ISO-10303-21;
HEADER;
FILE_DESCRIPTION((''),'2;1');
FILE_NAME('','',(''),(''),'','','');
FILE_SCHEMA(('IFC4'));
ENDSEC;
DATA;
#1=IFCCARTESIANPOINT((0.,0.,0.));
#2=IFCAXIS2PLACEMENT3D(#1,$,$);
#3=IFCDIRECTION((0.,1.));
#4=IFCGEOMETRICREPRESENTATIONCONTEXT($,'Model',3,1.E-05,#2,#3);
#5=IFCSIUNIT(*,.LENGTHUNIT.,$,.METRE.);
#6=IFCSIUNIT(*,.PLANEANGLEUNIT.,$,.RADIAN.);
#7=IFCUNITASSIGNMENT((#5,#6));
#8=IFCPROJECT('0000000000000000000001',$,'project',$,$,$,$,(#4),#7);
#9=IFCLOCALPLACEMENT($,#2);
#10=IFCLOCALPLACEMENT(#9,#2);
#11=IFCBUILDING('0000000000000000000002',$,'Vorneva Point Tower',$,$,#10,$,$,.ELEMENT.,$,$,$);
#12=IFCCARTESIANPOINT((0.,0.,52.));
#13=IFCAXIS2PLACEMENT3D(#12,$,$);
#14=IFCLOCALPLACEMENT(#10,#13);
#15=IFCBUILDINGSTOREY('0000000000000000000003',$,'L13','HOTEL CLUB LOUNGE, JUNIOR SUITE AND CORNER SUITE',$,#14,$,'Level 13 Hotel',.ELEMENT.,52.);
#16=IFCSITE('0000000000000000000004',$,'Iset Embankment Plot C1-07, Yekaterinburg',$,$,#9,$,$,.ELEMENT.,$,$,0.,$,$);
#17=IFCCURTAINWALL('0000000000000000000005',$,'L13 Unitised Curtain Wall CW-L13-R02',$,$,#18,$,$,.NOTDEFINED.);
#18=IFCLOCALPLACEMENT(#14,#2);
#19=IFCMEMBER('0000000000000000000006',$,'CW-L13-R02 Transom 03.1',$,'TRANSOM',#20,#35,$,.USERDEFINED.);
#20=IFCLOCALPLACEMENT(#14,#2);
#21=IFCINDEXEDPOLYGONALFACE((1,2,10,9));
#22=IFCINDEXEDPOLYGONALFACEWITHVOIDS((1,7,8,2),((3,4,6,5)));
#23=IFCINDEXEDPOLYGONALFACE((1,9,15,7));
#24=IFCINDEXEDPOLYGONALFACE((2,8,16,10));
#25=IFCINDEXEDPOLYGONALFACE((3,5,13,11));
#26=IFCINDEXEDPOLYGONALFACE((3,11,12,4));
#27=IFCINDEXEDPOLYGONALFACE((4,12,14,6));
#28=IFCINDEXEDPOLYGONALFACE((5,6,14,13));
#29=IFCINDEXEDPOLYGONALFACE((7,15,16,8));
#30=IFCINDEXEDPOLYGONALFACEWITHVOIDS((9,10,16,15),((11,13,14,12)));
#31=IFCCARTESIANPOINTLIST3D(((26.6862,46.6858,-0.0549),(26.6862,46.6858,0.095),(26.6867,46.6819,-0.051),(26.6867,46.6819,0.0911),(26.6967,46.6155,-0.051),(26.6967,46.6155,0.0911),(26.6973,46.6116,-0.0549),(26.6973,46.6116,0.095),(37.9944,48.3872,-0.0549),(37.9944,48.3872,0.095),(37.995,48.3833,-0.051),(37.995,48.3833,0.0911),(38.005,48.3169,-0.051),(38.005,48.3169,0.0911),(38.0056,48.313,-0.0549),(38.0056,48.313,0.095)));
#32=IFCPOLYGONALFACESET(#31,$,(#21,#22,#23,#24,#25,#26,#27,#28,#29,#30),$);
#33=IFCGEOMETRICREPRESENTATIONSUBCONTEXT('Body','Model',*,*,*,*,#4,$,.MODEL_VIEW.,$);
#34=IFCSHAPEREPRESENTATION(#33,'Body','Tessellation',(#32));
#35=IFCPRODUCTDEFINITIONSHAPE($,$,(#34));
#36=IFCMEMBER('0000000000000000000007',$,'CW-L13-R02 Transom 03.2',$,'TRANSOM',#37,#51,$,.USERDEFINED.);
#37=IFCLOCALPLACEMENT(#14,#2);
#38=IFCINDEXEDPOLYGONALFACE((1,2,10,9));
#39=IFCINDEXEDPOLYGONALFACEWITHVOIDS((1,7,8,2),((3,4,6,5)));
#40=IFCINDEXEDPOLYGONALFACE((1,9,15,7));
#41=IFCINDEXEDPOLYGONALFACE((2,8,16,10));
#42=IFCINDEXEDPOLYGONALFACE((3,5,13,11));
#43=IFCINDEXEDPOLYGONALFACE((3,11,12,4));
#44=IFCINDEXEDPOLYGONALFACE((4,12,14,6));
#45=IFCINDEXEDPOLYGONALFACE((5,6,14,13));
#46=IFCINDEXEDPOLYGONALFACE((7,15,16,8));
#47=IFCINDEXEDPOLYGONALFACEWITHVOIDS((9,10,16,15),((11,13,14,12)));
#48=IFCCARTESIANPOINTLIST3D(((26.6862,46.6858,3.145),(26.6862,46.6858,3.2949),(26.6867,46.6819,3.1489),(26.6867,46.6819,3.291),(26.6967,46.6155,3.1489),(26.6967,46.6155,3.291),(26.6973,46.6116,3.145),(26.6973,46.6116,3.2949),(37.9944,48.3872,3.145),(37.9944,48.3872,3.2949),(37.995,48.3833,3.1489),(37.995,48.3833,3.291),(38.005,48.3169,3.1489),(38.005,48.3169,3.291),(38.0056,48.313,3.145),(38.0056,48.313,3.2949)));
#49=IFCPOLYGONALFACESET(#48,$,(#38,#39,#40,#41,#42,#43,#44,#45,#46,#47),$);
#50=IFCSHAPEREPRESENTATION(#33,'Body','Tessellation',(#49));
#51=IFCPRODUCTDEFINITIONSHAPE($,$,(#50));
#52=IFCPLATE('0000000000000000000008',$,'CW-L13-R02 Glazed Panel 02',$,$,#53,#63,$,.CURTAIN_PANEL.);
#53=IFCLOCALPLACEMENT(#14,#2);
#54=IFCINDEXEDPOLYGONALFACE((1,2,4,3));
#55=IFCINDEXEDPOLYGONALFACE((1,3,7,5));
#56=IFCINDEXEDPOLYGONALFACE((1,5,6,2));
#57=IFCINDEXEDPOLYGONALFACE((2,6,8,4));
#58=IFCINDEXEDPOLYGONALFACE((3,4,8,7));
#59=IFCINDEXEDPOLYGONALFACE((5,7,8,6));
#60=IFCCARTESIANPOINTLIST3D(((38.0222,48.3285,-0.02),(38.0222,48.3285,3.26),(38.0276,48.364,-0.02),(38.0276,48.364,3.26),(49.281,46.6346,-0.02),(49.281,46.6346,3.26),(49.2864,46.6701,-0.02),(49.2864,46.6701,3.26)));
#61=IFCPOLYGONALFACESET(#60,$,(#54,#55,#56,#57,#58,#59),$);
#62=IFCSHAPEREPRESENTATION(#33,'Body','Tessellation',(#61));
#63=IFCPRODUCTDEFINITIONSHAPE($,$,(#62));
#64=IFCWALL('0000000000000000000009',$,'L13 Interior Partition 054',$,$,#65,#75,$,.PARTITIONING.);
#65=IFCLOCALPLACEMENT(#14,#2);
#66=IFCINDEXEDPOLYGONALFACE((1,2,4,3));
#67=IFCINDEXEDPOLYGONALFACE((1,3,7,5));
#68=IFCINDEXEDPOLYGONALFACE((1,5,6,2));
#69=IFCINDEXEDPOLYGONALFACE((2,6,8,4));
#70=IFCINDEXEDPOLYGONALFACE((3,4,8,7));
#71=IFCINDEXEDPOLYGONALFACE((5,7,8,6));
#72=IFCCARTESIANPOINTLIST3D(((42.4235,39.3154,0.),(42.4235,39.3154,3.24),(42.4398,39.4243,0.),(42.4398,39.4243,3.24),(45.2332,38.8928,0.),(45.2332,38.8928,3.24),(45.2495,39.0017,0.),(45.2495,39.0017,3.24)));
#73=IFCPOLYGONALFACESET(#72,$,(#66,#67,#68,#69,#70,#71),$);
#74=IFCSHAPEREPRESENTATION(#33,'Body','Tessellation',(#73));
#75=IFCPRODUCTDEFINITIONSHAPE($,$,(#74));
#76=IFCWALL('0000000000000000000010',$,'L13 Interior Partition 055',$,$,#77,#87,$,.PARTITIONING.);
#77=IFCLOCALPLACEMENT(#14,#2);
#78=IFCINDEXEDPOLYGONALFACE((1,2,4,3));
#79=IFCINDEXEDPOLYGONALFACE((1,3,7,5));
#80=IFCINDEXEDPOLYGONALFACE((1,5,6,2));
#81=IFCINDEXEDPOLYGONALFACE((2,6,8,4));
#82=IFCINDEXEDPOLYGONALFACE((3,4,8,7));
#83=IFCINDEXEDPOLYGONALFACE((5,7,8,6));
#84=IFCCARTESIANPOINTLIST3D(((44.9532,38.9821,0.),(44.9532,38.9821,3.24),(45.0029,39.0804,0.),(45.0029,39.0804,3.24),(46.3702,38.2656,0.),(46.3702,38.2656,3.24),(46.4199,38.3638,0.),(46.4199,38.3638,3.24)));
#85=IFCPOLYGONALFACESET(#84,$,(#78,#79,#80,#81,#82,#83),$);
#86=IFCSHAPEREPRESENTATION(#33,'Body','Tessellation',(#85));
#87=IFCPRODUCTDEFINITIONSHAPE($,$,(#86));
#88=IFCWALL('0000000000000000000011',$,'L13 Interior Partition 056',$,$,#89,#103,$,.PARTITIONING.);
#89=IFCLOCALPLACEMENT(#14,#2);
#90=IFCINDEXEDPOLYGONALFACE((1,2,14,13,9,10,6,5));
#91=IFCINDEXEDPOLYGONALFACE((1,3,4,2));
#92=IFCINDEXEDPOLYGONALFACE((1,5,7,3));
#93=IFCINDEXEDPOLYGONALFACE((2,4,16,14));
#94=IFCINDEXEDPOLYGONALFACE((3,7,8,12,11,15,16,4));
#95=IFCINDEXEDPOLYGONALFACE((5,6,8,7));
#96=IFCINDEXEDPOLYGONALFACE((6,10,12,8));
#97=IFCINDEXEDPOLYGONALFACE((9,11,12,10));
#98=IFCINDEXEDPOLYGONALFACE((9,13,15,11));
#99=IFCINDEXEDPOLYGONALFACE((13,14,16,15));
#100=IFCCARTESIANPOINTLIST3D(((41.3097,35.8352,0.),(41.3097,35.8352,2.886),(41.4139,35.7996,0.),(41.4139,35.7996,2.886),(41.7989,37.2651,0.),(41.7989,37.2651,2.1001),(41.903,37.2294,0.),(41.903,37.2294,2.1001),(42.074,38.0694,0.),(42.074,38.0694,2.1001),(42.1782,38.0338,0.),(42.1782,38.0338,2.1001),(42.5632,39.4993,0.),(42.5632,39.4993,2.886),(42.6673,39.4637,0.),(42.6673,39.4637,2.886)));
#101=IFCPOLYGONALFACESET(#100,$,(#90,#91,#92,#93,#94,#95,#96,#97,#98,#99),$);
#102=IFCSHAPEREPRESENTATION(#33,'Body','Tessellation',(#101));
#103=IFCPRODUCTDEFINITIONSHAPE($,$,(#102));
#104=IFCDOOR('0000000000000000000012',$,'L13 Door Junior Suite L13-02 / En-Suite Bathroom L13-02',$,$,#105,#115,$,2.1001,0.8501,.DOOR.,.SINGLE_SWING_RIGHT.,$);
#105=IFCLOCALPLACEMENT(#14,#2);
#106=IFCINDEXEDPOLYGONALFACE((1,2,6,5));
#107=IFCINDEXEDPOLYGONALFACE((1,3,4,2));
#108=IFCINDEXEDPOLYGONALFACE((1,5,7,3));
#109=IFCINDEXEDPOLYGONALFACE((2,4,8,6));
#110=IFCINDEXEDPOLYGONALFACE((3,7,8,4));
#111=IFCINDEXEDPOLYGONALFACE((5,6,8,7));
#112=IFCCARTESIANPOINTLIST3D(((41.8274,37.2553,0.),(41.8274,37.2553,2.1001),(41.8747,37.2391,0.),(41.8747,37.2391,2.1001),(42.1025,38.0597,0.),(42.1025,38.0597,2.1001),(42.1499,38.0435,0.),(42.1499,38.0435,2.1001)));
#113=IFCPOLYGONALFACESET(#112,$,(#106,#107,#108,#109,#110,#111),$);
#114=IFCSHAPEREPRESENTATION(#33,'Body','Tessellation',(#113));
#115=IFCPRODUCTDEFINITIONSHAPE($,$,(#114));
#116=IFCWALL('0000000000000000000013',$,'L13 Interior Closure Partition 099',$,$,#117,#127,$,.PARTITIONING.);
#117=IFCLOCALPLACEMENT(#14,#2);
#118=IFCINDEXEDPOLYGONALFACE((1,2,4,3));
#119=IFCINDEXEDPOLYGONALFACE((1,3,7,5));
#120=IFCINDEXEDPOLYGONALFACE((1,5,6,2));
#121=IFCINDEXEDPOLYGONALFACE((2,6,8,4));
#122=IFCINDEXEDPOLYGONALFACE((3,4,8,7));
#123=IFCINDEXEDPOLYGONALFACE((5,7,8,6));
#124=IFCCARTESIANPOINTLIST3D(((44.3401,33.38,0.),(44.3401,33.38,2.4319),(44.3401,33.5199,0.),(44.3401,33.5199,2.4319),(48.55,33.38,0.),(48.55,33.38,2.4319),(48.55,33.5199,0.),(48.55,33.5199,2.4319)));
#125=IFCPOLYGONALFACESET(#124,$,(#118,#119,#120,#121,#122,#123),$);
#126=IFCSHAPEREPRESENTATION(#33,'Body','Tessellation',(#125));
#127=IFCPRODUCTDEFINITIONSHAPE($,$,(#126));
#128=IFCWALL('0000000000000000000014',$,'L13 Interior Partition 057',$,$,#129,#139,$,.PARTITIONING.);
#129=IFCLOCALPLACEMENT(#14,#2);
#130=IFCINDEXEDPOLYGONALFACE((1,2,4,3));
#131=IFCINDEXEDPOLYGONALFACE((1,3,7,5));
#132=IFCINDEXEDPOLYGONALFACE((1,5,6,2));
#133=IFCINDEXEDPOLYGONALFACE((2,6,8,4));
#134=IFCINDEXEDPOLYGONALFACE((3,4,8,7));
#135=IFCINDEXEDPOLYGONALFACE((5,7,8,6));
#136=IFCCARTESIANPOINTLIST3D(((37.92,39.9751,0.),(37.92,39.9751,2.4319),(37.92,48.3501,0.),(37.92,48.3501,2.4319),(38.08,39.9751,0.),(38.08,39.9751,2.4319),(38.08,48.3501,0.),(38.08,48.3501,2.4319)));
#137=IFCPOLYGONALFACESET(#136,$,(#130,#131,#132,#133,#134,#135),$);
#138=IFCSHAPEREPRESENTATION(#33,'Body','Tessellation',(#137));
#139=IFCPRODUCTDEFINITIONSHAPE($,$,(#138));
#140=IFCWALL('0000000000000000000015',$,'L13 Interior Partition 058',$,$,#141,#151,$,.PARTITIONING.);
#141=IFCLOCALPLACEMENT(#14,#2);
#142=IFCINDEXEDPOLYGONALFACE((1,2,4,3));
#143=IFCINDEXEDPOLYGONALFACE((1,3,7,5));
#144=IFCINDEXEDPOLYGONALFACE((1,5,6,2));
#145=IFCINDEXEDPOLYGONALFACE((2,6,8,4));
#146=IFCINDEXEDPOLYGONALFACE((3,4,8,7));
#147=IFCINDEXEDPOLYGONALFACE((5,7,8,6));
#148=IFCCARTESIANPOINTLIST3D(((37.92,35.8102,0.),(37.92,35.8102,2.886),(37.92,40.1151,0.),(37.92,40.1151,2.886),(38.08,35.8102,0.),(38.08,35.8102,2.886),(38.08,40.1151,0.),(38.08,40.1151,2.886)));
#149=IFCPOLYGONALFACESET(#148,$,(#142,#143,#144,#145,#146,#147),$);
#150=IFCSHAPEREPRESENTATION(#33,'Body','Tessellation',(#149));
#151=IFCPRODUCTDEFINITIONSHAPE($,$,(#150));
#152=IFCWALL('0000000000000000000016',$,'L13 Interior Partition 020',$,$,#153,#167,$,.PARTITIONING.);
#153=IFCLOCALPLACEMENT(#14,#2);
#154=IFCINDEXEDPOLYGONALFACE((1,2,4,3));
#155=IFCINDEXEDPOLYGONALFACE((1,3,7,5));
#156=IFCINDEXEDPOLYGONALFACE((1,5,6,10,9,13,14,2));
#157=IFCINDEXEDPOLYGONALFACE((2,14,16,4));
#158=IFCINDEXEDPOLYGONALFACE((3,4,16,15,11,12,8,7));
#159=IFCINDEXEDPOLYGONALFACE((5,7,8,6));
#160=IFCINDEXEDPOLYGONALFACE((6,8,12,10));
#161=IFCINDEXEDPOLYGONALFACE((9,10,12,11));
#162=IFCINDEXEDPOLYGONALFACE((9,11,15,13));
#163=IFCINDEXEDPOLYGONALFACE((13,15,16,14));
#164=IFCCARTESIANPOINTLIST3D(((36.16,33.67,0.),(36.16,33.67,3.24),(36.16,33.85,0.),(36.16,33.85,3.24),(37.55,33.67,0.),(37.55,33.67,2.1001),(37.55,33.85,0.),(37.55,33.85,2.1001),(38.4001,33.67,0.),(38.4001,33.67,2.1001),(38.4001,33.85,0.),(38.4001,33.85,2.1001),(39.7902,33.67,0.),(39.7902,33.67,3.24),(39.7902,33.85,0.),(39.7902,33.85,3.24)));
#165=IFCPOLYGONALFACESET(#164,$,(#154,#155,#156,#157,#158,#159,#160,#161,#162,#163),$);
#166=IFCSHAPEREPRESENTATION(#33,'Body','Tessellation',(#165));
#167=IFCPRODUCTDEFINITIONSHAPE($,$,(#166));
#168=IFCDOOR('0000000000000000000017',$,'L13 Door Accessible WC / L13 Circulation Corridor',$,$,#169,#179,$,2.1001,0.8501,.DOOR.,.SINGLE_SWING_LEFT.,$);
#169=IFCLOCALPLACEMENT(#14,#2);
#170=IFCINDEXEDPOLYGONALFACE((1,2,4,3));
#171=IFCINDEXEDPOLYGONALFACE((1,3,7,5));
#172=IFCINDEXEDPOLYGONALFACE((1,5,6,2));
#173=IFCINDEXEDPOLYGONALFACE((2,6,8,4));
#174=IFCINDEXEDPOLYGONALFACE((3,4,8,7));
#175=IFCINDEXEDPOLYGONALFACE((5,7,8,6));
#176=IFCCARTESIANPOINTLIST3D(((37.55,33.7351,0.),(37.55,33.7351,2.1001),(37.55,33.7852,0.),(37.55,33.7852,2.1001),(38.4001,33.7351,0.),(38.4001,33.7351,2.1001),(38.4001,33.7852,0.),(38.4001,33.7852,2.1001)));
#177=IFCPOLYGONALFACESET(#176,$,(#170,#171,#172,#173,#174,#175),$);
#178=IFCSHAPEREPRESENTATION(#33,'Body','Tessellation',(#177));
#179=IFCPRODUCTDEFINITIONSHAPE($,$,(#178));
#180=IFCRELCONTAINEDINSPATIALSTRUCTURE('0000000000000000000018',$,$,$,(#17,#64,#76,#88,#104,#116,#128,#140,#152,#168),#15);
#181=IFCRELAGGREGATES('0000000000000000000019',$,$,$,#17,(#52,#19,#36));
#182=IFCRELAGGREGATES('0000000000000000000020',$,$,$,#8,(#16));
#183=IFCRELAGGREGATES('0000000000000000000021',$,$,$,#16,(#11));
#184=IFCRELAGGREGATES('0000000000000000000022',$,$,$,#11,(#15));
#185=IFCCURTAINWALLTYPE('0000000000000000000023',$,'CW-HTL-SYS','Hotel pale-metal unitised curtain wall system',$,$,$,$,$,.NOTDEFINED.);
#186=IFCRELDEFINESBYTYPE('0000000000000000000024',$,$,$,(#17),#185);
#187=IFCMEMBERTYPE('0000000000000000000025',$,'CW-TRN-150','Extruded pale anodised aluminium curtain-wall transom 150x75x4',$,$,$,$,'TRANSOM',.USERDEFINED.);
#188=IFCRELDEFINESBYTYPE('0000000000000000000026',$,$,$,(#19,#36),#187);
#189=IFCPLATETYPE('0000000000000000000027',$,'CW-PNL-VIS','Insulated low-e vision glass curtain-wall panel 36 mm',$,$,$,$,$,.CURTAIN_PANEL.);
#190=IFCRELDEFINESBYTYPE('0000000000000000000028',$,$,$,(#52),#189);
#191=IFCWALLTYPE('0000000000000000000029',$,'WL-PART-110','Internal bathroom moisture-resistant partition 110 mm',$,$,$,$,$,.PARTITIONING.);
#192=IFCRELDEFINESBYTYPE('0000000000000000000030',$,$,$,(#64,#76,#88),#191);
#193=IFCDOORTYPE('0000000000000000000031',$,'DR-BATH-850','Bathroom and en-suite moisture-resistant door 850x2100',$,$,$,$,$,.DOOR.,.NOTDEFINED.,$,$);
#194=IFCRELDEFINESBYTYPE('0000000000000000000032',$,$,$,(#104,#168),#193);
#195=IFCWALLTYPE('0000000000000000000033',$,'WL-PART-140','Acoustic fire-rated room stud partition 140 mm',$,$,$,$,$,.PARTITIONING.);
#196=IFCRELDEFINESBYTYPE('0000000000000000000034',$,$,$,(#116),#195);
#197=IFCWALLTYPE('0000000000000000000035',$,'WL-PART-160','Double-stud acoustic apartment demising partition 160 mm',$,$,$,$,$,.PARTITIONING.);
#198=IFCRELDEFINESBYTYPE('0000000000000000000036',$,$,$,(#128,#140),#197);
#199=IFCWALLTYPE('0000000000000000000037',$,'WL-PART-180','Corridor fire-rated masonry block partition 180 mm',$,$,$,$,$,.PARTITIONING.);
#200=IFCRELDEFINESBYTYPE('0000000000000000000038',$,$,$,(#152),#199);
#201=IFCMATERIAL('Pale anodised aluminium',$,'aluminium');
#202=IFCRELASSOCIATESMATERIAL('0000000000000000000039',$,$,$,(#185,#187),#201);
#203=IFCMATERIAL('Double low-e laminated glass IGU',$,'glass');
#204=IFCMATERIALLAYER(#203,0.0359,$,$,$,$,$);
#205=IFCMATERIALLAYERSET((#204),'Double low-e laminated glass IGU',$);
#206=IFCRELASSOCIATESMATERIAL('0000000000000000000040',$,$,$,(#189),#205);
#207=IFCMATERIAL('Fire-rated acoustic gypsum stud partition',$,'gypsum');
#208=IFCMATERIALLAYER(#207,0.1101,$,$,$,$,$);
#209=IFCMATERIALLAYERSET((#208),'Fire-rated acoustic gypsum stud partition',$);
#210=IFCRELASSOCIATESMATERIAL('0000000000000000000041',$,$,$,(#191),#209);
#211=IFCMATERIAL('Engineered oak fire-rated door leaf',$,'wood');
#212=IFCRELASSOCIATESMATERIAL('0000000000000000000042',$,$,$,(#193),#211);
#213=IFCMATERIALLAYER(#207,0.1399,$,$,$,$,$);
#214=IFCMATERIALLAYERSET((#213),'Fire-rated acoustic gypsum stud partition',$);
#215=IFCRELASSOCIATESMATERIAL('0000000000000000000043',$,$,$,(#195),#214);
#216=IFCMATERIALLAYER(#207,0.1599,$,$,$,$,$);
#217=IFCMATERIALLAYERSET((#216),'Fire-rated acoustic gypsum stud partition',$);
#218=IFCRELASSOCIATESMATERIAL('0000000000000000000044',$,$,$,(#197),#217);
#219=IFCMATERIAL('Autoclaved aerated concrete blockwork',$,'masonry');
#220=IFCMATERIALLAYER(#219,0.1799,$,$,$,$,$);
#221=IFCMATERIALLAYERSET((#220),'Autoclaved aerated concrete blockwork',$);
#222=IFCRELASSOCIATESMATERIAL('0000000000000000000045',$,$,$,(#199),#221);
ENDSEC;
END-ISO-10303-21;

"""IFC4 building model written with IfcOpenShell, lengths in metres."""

from ifc_helpers import new_model, si_unit, direction, frame, frame_2d, origin, origin_2d, place, context, subcontext, project, spatial, rectangle, hollow_rectangle, extrude, material, layer, layer_set, material_profile, profile_set, type_object, element, fill, aggregate, save


model = new_model("IFC4")

# Units and contexts
model_context = context("Model", 3, precision=1e-05, world=origin(), true_north=direction((0.0, 1.0)))
body_context = subcontext(model_context, "Body", "Model", "MODEL_VIEW")
ifc_project = project(units=[si_unit("LENGTHUNIT", "METRE"), si_unit("PLANEANGLEUNIT", "RADIAN")], contexts=[model_context])

# Site, building, storey
site_placement = place(None, origin())
site = spatial("IfcSite", under=ifc_project, at=site_placement, Name="Iset Embankment Plot C1-07, Yekaterinburg", CompositionType="ELEMENT", RefElevation=0.0)
building_placement = place(site_placement, origin())
building = spatial("IfcBuilding", under=site, at=building_placement, Name="Vorneva Point Tower", CompositionType="ELEMENT")
storey_placement = place(building_placement, frame((0.0, 0.0, 52.0)))
storey = spatial("IfcBuildingStorey", under=building, at=storey_placement, Name="L13", Description="HOTEL CLUB LOUNGE, JUNIOR SUITE AND CORNER SUITE", LongName="Level 13 Hotel", CompositionType="ELEMENT", Elevation=52.0)

# Curtain wall, members, plate
ifc_material_1 = material(Name="Pale anodised aluminium", Category="aluminium")
curtain_wall_type = type_object("IfcCurtainWallType", Name="CW-HTL-SYS", Description="Hotel pale-metal unitised curtain wall system", PredefinedType="NOTDEFINED", material=ifc_material_1)
curtain_wall_placement = place(storey_placement, origin())
curtain_wall = element("IfcCurtainWall", 1, at=curtain_wall_placement, inside=storey, type_object=curtain_wall_type, Name="L13 Unitised Curtain Wall CW-L13-R02", PredefinedType="NOTDEFINED")
ifc_material_profile_1 = material_profile(ifc_material_1, hollow_rectangle(XDim=0.075, YDim=0.1499, WallThickness=0.0039, at=origin_2d()), Name="AL-TRN 150x75x4")
ifc_profile_set_1 = profile_set([ifc_material_profile_1], Name="Pale anodised aluminium")
member_type_1 = type_object("IfcMemberType", Name="CW-TRN-150", Description="Extruded pale anodised aluminium curtain-wall transom 150x75x4", ElementType="TRANSOM", PredefinedType="USERDEFINED", material=ifc_profile_set_1)
member_1_placement = place(storey_placement, frame((38.0, 48.3501, 0.02), z_axis=(-0.98887, -0.148782, 0.0), x_axis=(0.148782, -0.98887, 0.0)))
member_1 = element("IfcMember", 2, at=member_1_placement, type_object=member_type_1, Name="CW-L13-R02 Transom 03.1", ObjectType="TRANSOM", PredefinedType="USERDEFINED", context=body_context, shape_type="SweptSolid", body=[
    extrude(hollow_rectangle(XDim=0.075, YDim=0.1499, WallThickness=0.0039, at=origin_2d()), origin(), (0.0, 0.0, 1.0), 11.4355),
])
member_2_placement = place(storey_placement, frame((38.0, 48.3501, 3.22), z_axis=(-0.98887, -0.148782, 0.0), x_axis=(0.148782, -0.98887, 0.0)))
member_2 = element("IfcMember", 3, at=member_2_placement, type_object=member_type_1, Name="CW-L13-R02 Transom 03.2", ObjectType="TRANSOM", PredefinedType="USERDEFINED", context=body_context, shape_type="SweptSolid", body=[
    extrude(hollow_rectangle(XDim=0.075, YDim=0.1499, WallThickness=0.0039, at=origin_2d()), origin(), (0.0, 0.0, 1.0), 11.4355),
])
ifc_material_2 = material(Name="Double low-e laminated glass IGU", Category="glass")
ifc_layer_1 = layer(ifc_material_2, 0.0359)
ifc_layer_set_1 = layer_set([ifc_layer_1], Name="Double low-e laminated glass IGU")
plate_type = type_object("IfcPlateType", Name="CW-PNL-VIS", Description="Insulated low-e vision glass curtain-wall panel 36 mm", PredefinedType="CURTAIN_PANEL", material=ifc_layer_set_1)
plate_placement = place(storey_placement, frame((43.6543, 47.4993, -0.02), z_axis=(0.0, 0.0, 1.0), x_axis=(-0.988871, 0.148776, 0.0)))
plate = element("IfcPlate", 4, at=plate_placement, type_object=plate_type, Name="CW-L13-R02 Glazed Panel 02", PredefinedType="CURTAIN_PANEL", context=body_context, shape_type="SweptSolid", body=[
    extrude(rectangle(XDim=11.3855, YDim=0.0359, at=origin_2d()), origin(), (0.0, 0.0, 1.0), 3.28),
])
aggregate(curtain_wall, [plate, member_1, member_2])

# Walls
ifc_material_3 = material(Name="Fire-rated acoustic gypsum stud partition", Category="gypsum")
ifc_layer_2 = layer(ifc_material_3, 0.1101)
ifc_layer_set_2 = layer_set([ifc_layer_2], Name="Fire-rated acoustic gypsum stud partition")
wall_type_1 = type_object("IfcWallType", Name="WL-PART-110", Description="Internal bathroom moisture-resistant partition 110 mm", PredefinedType="PARTITIONING", material=ifc_layer_set_2)
wall_1_placement = place(storey_placement, frame((42.4316, 39.3699, 0.0), z_axis=(0.0, 0.0, 1.0), x_axis=(0.988878, -0.148731, 0.0)))
element("IfcWall", 5, at=wall_1_placement, inside=storey, type_object=wall_type_1, Name="L13 Interior Partition 054", PredefinedType="PARTITIONING", context=body_context, shape_type="SweptSolid", body=[
    extrude(rectangle(XDim=2.8413, YDim=0.1101, at=frame_2d((1.4207, 0.0))), origin(), (0.0, 0.0, 1.0), 3.24),
])
wall_2_placement = place(storey_placement, frame((44.978, 39.0312, 0.0), z_axis=(0.0, 0.0, 1.0), x_axis=(0.892388, -0.451268, 0.0)))
element("IfcWall", 6, at=wall_2_placement, inside=storey, type_object=wall_type_1, Name="L13 Interior Partition 055", PredefinedType="PARTITIONING", context=body_context, shape_type="SweptSolid", body=[
    extrude(rectangle(XDim=1.5879, YDim=0.1101, at=frame_2d((0.7939, 0.0))), origin(), (0.0, 0.0, 1.0), 3.24),
])

# Wall, opening, door
wall_3_placement = place(storey_placement, frame((41.3618, 35.8174, 0.0), z_axis=(0.0, 0.0, 1.0), x_axis=(0.32367, 0.94617, 0.0)))
wall_3 = element("IfcWall", 7, at=wall_3_placement, inside=storey, type_object=wall_type_1, Name="L13 Interior Partition 056", PredefinedType="PARTITIONING", context=body_context, shape_type="SweptSolid", body=[
    extrude(rectangle(XDim=3.8726, YDim=0.1101, at=frame_2d((1.9363, 0.0))), origin(), (0.0, 0.0, 1.0), 2.886),
])
opening_1_placement = place(wall_3_placement, frame((1.5112, 0.0, 0.0)))
opening_1 = element("IfcOpeningElement", 8, at=opening_1_placement, cuts=wall_3, PredefinedType="OPENING", context=body_context, shape_type="SweptSolid", body=[
    extrude(rectangle(XDim=0.8501, YDim=2.1001, at=frame_2d((0.425, 1.05))), frame((0.0, 0.0698, 0.0), z_axis=(0.0, -1.0, 0.0), x_axis=(1.0, 0.0, 0.0)), (0.0, 0.0, 1.0), 0.1399),
])
ifc_material_4 = material(Name="Engineered oak fire-rated door leaf", Category="wood")
door_type_1 = type_object("IfcDoorType", Name="DR-BATH-850", Description="Bathroom and en-suite moisture-resistant door 850x2100", OperationType="NOTDEFINED", PredefinedType="DOOR", material=ifc_material_4)
door_1_placement = place(opening_1_placement, origin())
door_1 = element("IfcDoor", 9, at=door_1_placement, inside=storey, type_object=door_type_1, Name="L13 Door Junior Suite L13-02 / En-Suite Bathroom L13-02", OperationType="SINGLE_SWING_RIGHT", OverallHeight=2.1001, OverallWidth=0.8501, PredefinedType="DOOR", context=body_context, shape_type="SweptSolid", body=[
    extrude(rectangle(XDim=0.8501, YDim=2.1001, at=frame_2d((0.425, 1.05))), frame((0.0, 0.0249, 0.0), z_axis=(0.0, -1.0, 0.0), x_axis=(1.0, 0.0, 0.0)), (0.0, 0.0, 1.0), 0.05),
])
fill(opening_1, door_1)

# Walls
ifc_layer_3 = layer(ifc_material_3, 0.1399)
ifc_layer_set_3 = layer_set([ifc_layer_3], Name="Fire-rated acoustic gypsum stud partition")
wall_type_2 = type_object("IfcWallType", Name="WL-PART-140", Description="Acoustic fire-rated room stud partition 140 mm", PredefinedType="PARTITIONING", material=ifc_layer_set_3)
wall_4_placement = place(storey_placement, frame((44.3401, 33.45, 0.0), z_axis=(0.0, 0.0, 1.0), x_axis=(1.0, 0.0, 0.0)))
element("IfcWall", 10, at=wall_4_placement, inside=storey, type_object=wall_type_2, Name="L13 Interior Closure Partition 099", PredefinedType="PARTITIONING", context=body_context, shape_type="SweptSolid", body=[
    extrude(rectangle(XDim=4.21, YDim=0.1399, at=frame_2d((2.105, 0.0))), origin(), (0.0, 0.0, 1.0), 2.4319),
])
ifc_layer_4 = layer(ifc_material_3, 0.1599)
ifc_layer_set_4 = layer_set([ifc_layer_4], Name="Fire-rated acoustic gypsum stud partition")
wall_type_3 = type_object("IfcWallType", Name="WL-PART-160", Description="Double-stud acoustic apartment demising partition 160 mm", PredefinedType="PARTITIONING", material=ifc_layer_set_4)
wall_5_placement = place(storey_placement, frame((38.0, 48.3501, 0.0), z_axis=(0.0, 0.0, 1.0), x_axis=(0.0, -1.0, 0.0)))
element("IfcWall", 11, at=wall_5_placement, inside=storey, type_object=wall_type_3, Name="L13 Interior Partition 057", PredefinedType="PARTITIONING", context=body_context, shape_type="SweptSolid", body=[
    extrude(rectangle(XDim=8.375, YDim=0.1599, at=frame_2d((4.1875, 0.0))), origin(), (0.0, 0.0, 1.0), 2.4319),
])
wall_6_placement = place(storey_placement, frame((38.0, 40.115, 0.0), z_axis=(0.0, 0.0, 1.0), x_axis=(0.0, -1.0, 0.0)))
element("IfcWall", 12, at=wall_6_placement, inside=storey, type_object=wall_type_3, Name="L13 Interior Partition 058", PredefinedType="PARTITIONING", context=body_context, shape_type="SweptSolid", body=[
    extrude(rectangle(XDim=4.3049, YDim=0.1599, at=frame_2d((2.1523, 0.0))), origin(), (0.0, 0.0, 1.0), 2.886),
])

# Wall, opening, door
ifc_material_5 = material(Name="Autoclaved aerated concrete blockwork", Category="masonry")
ifc_layer_5 = layer(ifc_material_5, 0.1799)
ifc_layer_set_5 = layer_set([ifc_layer_5], Name="Autoclaved aerated concrete blockwork")
wall_type_4 = type_object("IfcWallType", Name="WL-PART-180", Description="Corridor fire-rated masonry block partition 180 mm", PredefinedType="PARTITIONING", material=ifc_layer_set_5)
wall_7_placement = place(storey_placement, frame((39.79, 33.76, 0.0), z_axis=(0.0, 0.0, 1.0), x_axis=(-1.0, 0.0, 0.0)))
wall_7 = element("IfcWall", 13, at=wall_7_placement, inside=storey, type_object=wall_type_4, Name="L13 Interior Partition 020", PredefinedType="PARTITIONING", context=body_context, shape_type="SweptSolid", body=[
    extrude(rectangle(XDim=3.6301, YDim=0.1799, at=frame_2d((1.8149, 0.0))), origin(), (0.0, 0.0, 1.0), 3.24),
])
opening_2_placement = place(wall_7_placement, frame((1.3899, 0.0, 0.0)))
opening_2 = element("IfcOpeningElement", 14, at=opening_2_placement, cuts=wall_7, PredefinedType="OPENING", context=body_context, shape_type="SweptSolid", body=[
    extrude(rectangle(XDim=0.8501, YDim=2.1001, at=frame_2d((0.425, 1.05))), frame((0.0, 0.105, 0.0), z_axis=(0.0, -1.0, 0.0), x_axis=(1.0, 0.0, 0.0)), (0.0, 0.0, 1.0), 0.2097),
])
door_2_placement = place(opening_2_placement, origin())
door_2 = element("IfcDoor", 15, at=door_2_placement, inside=storey, type_object=door_type_1, Name="L13 Door Accessible WC / L13 Circulation Corridor", OperationType="SINGLE_SWING_LEFT", OverallHeight=2.1001, OverallWidth=0.8501, PredefinedType="DOOR", context=body_context, shape_type="SweptSolid", body=[
    extrude(rectangle(XDim=0.8501, YDim=2.1001, at=frame_2d((0.425, 1.05))), frame((0.0, 0.0249, 0.0), z_axis=(0.0, -1.0, 0.0), x_axis=(1.0, 0.0, 0.0)), (0.0, 0.0, 1.0), 0.05),
])
fill(opening_2, door_2)

save(model, "model.ifc")
